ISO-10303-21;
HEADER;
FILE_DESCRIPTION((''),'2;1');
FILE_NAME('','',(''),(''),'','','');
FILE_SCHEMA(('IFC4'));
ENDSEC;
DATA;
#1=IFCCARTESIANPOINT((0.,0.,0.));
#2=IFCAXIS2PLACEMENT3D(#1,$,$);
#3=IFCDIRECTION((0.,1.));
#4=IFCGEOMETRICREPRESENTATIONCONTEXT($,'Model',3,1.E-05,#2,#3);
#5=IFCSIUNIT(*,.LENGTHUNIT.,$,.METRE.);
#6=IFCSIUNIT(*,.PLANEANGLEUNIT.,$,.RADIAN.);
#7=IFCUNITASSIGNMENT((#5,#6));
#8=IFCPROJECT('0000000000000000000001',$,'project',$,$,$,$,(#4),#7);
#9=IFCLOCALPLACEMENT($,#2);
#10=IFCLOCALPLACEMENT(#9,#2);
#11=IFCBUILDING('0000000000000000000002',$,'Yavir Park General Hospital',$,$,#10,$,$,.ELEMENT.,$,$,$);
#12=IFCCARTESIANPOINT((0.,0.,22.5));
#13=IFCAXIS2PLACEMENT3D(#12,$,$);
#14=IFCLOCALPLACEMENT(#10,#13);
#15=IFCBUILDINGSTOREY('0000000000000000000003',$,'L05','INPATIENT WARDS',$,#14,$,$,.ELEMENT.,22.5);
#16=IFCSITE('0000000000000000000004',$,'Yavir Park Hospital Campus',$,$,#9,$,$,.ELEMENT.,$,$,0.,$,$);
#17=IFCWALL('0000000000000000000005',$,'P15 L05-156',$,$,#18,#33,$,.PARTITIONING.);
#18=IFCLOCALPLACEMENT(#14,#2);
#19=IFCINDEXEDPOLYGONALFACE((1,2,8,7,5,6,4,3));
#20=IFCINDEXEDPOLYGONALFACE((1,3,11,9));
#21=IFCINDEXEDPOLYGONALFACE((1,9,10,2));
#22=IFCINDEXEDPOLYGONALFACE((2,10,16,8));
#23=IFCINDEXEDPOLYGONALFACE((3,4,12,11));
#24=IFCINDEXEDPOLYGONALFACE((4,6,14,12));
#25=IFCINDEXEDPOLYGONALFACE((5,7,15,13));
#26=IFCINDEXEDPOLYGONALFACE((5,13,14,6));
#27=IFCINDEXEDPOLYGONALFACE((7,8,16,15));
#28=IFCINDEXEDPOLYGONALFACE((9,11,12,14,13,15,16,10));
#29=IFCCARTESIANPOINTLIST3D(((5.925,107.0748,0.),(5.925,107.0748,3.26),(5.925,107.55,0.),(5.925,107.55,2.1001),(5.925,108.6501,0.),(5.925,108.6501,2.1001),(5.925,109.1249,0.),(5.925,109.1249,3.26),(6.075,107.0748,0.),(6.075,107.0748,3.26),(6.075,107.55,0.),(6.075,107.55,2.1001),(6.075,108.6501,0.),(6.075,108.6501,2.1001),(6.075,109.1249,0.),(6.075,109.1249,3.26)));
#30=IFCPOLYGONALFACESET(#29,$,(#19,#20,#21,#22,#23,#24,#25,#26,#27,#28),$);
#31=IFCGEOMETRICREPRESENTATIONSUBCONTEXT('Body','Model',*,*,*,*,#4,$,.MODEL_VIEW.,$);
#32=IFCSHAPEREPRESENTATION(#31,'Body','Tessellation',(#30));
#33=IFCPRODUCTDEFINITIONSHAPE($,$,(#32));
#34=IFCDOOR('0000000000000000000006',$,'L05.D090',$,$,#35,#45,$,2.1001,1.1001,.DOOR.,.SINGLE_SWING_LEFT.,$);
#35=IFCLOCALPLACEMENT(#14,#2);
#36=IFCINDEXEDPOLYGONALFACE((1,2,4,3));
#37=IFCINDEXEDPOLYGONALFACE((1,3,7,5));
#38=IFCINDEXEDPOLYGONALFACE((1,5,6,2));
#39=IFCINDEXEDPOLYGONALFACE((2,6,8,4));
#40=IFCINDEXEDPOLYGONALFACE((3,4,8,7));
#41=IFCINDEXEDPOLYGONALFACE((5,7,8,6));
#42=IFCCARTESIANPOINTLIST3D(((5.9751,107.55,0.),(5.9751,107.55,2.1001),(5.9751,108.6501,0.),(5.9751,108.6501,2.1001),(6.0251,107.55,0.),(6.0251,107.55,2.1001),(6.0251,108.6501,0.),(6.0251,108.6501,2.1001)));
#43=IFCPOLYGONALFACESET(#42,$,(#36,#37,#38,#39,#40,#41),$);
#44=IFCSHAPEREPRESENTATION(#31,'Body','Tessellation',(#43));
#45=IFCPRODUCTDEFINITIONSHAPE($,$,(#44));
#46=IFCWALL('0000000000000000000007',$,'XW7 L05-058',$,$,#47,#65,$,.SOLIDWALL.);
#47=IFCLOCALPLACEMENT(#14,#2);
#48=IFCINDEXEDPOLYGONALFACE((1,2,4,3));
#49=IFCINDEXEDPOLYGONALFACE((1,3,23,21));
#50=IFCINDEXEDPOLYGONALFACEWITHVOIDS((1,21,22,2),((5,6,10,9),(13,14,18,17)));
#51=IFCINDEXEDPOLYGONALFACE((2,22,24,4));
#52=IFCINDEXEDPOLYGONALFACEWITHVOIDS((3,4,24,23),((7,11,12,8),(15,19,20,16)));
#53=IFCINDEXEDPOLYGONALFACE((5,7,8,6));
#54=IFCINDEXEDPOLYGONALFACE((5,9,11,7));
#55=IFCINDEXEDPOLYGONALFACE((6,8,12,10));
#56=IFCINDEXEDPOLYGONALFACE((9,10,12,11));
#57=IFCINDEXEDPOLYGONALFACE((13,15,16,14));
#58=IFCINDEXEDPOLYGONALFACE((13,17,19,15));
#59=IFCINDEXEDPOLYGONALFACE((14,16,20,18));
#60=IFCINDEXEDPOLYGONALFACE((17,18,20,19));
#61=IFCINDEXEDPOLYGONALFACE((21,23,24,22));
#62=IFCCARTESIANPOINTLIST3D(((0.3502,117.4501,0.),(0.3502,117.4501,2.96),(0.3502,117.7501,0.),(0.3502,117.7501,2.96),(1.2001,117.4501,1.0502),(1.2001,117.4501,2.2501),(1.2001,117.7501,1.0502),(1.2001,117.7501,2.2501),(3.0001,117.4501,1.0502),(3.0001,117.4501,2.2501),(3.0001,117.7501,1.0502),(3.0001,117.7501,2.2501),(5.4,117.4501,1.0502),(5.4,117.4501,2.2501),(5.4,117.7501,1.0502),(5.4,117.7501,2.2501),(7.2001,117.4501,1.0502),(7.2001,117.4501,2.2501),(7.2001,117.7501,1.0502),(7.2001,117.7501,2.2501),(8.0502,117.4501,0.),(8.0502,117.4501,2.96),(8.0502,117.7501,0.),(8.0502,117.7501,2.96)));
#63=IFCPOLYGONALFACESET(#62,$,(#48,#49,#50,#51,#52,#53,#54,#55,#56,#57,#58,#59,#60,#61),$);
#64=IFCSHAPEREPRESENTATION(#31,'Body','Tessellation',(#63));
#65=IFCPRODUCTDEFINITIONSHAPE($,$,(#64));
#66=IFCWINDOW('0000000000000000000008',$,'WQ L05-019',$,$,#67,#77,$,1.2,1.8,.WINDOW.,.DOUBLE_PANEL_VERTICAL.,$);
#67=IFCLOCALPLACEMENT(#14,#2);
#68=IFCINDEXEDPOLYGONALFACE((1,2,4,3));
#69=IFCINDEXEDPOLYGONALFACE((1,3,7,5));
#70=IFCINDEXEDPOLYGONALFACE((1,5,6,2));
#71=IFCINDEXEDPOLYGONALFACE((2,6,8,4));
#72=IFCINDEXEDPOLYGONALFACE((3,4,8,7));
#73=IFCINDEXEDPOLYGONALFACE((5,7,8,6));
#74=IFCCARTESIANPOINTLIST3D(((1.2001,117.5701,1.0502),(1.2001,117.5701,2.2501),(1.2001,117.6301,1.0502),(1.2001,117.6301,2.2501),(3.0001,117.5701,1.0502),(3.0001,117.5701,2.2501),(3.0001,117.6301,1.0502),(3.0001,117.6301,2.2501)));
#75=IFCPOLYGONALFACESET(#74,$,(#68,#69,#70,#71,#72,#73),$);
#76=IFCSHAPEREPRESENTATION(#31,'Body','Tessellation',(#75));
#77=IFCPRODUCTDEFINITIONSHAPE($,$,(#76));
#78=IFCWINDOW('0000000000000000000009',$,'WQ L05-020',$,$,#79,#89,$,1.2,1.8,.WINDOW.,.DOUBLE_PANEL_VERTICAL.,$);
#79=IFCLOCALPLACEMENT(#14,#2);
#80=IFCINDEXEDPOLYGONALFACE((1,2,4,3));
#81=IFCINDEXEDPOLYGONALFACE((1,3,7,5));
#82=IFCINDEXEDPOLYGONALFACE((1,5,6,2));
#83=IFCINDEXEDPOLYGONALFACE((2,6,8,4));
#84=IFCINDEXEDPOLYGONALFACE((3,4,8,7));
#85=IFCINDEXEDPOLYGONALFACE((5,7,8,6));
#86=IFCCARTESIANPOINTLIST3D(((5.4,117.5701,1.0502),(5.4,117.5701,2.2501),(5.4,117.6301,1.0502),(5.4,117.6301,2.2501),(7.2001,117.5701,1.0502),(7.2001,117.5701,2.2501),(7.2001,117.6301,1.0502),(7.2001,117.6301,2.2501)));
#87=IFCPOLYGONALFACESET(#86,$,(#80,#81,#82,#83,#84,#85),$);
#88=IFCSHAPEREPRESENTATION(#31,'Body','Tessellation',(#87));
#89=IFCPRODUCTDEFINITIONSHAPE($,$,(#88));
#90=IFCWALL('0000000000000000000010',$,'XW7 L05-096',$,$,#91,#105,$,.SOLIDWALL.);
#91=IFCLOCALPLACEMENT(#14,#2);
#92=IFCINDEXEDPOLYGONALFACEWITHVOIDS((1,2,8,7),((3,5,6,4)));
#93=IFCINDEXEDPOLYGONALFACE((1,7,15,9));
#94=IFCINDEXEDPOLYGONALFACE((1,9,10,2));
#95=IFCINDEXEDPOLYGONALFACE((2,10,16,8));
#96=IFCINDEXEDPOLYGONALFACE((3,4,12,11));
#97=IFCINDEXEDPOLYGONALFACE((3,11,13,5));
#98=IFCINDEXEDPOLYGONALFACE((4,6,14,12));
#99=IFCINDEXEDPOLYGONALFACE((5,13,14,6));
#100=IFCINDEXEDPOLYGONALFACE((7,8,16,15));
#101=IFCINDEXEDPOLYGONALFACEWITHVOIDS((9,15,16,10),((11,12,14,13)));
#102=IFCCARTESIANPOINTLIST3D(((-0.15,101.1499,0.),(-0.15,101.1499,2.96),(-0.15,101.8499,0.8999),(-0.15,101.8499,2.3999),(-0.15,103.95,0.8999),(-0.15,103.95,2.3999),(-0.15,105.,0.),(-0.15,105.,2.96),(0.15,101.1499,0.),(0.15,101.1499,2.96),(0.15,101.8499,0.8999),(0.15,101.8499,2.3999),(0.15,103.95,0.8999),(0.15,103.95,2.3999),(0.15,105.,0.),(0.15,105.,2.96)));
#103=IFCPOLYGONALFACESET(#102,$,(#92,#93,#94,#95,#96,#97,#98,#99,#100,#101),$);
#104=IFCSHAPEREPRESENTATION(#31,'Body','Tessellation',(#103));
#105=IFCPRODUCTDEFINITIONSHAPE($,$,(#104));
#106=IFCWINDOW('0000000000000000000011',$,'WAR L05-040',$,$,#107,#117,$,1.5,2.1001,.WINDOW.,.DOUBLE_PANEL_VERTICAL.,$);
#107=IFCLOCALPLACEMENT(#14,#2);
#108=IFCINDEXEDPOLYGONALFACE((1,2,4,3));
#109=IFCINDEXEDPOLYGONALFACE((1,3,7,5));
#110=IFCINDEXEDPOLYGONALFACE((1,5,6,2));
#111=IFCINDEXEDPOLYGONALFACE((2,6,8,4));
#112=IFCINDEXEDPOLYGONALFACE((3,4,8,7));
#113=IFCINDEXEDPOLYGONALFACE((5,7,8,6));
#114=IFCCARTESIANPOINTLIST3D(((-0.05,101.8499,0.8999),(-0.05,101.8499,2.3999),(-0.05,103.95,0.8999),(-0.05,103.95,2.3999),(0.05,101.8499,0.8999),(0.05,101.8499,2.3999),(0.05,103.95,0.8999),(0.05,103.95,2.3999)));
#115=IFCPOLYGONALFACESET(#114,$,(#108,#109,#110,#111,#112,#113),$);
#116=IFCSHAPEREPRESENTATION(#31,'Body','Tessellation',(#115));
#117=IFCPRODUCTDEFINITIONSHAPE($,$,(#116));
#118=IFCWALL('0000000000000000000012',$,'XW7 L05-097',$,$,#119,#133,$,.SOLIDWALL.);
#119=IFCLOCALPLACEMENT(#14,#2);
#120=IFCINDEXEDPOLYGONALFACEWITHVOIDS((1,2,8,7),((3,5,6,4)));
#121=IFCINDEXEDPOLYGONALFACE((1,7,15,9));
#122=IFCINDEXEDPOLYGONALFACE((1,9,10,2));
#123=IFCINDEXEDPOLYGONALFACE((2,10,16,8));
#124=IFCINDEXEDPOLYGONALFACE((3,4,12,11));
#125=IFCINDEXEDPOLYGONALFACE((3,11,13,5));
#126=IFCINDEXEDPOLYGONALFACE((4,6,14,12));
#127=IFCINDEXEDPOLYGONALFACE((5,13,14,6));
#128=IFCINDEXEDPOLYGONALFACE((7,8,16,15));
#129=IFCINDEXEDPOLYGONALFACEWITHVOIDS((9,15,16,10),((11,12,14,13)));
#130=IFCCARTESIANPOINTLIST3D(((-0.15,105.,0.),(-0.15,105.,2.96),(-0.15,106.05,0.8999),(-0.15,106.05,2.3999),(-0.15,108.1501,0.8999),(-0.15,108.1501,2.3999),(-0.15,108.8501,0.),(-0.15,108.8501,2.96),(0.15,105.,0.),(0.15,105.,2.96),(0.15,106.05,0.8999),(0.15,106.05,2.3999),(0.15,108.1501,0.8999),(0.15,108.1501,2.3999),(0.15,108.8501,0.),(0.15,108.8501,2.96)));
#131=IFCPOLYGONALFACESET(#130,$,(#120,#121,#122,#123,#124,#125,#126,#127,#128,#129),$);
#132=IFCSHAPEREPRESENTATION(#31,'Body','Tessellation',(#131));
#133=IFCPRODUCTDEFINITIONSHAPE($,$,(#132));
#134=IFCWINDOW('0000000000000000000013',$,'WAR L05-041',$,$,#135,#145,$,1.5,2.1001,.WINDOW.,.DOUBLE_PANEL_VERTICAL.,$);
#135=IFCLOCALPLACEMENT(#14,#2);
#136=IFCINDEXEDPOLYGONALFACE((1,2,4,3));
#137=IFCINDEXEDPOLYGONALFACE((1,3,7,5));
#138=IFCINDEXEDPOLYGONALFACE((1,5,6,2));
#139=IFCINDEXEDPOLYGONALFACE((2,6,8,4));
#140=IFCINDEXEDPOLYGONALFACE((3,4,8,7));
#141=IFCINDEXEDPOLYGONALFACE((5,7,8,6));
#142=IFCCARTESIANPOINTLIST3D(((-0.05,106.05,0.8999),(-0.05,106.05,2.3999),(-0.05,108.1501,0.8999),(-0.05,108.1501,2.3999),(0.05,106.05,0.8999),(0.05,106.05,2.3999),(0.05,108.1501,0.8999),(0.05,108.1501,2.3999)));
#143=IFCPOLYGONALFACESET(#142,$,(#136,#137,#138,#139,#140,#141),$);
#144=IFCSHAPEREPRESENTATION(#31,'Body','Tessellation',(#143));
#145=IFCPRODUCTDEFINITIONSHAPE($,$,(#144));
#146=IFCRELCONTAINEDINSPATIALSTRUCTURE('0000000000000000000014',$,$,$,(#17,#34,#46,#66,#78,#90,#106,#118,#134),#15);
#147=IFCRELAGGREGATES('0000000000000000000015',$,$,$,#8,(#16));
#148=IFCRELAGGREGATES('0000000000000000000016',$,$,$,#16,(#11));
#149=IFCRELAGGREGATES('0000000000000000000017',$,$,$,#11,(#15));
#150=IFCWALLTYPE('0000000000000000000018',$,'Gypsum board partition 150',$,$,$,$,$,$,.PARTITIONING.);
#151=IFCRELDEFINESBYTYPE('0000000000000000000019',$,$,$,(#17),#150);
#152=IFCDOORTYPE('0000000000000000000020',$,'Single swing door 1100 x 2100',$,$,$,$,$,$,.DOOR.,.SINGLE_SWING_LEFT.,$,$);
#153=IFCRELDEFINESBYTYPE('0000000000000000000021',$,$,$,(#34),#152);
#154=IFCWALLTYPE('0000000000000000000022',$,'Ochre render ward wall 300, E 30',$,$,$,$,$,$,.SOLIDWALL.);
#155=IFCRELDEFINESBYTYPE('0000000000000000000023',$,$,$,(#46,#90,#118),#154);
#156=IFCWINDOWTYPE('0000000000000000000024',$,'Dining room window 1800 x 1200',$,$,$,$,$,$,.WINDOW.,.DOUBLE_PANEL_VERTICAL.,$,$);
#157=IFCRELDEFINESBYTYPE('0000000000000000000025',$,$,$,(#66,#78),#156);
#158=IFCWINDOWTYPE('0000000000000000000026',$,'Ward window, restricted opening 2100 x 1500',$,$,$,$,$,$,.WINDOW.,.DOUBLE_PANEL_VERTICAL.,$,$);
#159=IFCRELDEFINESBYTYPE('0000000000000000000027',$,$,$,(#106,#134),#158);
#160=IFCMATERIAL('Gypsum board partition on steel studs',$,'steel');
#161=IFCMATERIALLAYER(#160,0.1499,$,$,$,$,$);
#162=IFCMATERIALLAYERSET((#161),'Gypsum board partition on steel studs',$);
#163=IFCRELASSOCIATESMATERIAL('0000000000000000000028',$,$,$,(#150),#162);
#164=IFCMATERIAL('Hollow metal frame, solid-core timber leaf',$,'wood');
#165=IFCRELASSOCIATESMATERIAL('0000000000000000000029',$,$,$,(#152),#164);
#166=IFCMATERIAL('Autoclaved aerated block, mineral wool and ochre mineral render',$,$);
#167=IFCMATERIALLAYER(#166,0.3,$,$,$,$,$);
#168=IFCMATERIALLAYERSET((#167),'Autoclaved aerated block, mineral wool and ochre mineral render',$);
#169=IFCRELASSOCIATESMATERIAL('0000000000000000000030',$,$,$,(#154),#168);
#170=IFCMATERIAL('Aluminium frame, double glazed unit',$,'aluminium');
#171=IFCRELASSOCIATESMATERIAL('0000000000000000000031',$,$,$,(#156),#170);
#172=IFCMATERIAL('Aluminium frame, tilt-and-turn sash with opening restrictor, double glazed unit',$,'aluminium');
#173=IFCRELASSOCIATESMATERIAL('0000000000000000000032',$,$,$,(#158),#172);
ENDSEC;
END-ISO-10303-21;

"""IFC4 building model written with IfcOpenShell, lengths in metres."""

from ifc_helpers import new_model, si_unit, direction, frame, frame_2d, origin, place, context, subcontext, project, spatial, rectangle, extrude, material, layer, layer_set, type_object, element, fill, save


model = new_model("IFC4")

# Units and contexts
model_context = context("Model", 3, precision=1e-05, world=origin(), true_north=direction((0.0, 1.0)))
body_context = subcontext(model_context, "Body", "Model", "MODEL_VIEW")
ifc_project = project(units=[si_unit("LENGTHUNIT", "METRE"), si_unit("PLANEANGLEUNIT", "RADIAN")], contexts=[model_context])

# Site, building, storey
site_placement = place(None, origin())
site = spatial("IfcSite", under=ifc_project, at=site_placement, Name="Yavir Park Hospital Campus", CompositionType="ELEMENT", RefElevation=0.0)
building_placement = place(site_placement, origin())
building = spatial("IfcBuilding", under=site, at=building_placement, Name="Yavir Park General Hospital", CompositionType="ELEMENT")
storey_placement = place(building_placement, frame((0.0, 0.0, 22.5)))
storey = spatial("IfcBuildingStorey", under=building, at=storey_placement, Name="L05", Description="INPATIENT WARDS", CompositionType="ELEMENT", Elevation=22.5)

# Shared definitions
ifc_material_1 = material(Name="Gypsum board partition on steel studs", Category="steel")
ifc_layer_1 = layer(ifc_material_1, 0.1499)
ifc_layer_set_1 = layer_set([ifc_layer_1], Name="Gypsum board partition on steel studs")
wall_type_1 = type_object("IfcWallType", Name="Gypsum board partition 150", PredefinedType="PARTITIONING", material=ifc_layer_set_1)

# Shared definitions
ifc_material_2 = material(Name="Hollow metal frame, solid-core timber leaf", Category="wood")
door_type = type_object("IfcDoorType", Name="Single swing door 1100 x 2100", OperationType="SINGLE_SWING_LEFT", PredefinedType="DOOR", material=ifc_material_2)

# Wall, opening, door
wall_1_placement = place(storey_placement, frame((6.0, 107.075, 0.0), z_axis=(0.0, 0.0, 1.0), x_axis=(0.0, 1.0, 0.0)))
wall_1 = element("IfcWall", 1, at=wall_1_placement, inside=storey, type_object=wall_type_1, Name="P15 L05-156", PredefinedType="PARTITIONING", context=body_context, shape_type="SweptSolid", body=[
    extrude(rectangle(XDim=2.05, YDim=0.1499, at=frame_2d((1.0249, 0.0))), origin(), (0.0, 0.0, 1.0), 3.26),
])
opening_1_placement = place(wall_1_placement, frame((0.4751, 0.0, 0.0)))
opening_1 = element("IfcOpeningElement", 2, at=opening_1_placement, cuts=wall_1, PredefinedType="OPENING", context=body_context, shape_type="SweptSolid", body=[
    extrude(rectangle(XDim=1.1001, YDim=2.1001, at=frame_2d((0.55, 1.05))), frame((0.0, 0.085, 0.0), z_axis=(0.0, -1.0, 0.0), x_axis=(1.0, 0.0, 0.0)), (0.0, 0.0, 1.0), 0.1699),
])
door_1_placement = place(opening_1_placement, origin())
door_1 = element("IfcDoor", 3, at=door_1_placement, inside=storey, type_object=door_type, Name="L05.D090", OperationType="SINGLE_SWING_LEFT", OverallHeight=2.1001, OverallWidth=1.1001, PredefinedType="DOOR", context=body_context, shape_type="SweptSolid", body=[
    extrude(rectangle(XDim=1.1001, YDim=2.1001, at=frame_2d((0.55, 1.05))), frame((0.0, 0.0249, 0.0), z_axis=(0.0, -1.0, 0.0), x_axis=(1.0, 0.0, 0.0)), (0.0, 0.0, 1.0), 0.05),
])
fill(opening_1, door_1)

# Wall, openings, windows
ifc_material_3 = material(Name="Autoclaved aerated block, mineral wool and ochre mineral render")
ifc_layer_2 = layer(ifc_material_3, 0.3)
ifc_layer_set_2 = layer_set([ifc_layer_2], Name="Autoclaved aerated block, mineral wool and ochre mineral render")
wall_type_2 = type_object("IfcWallType", Name="Ochre render ward wall 300, E 30", PredefinedType="SOLIDWALL", material=ifc_layer_set_2)
wall_2_placement = place(storey_placement, frame((0.3501, 117.6001, 0.0), z_axis=(0.0, 0.0, 1.0), x_axis=(1.0, 0.0, 0.0)))
wall_2 = element("IfcWall", 4, at=wall_2_placement, inside=storey, type_object=wall_type_2, Name="XW7 L05-058", PredefinedType="SOLIDWALL", context=body_context, shape_type="SweptSolid", body=[
    extrude(rectangle(XDim=7.7, YDim=0.3, at=frame_2d((3.8501, 0.0))), origin(), (0.0, 0.0, 1.0), 2.96),
])
opening_2_placement = place(wall_2_placement, frame((0.8501, 0.0, 1.05)))
opening_2 = element("IfcOpeningElement", 5, at=opening_2_placement, cuts=wall_2, PredefinedType="OPENING", context=body_context, shape_type="SweptSolid", body=[
    extrude(rectangle(XDim=1.8, YDim=1.2, at=frame_2d((0.8999, 0.6001))), frame((0.0, 0.1599, 0.0), z_axis=(0.0, -1.0, 0.0), x_axis=(1.0, 0.0, 0.0)), (0.0, 0.0, 1.0), 0.3201),
])
opening_3_placement = place(wall_2_placement, frame((5.05, 0.0, 1.05)))
opening_3 = element("IfcOpeningElement", 6, at=opening_3_placement, cuts=wall_2, PredefinedType="OPENING", context=body_context, shape_type="SweptSolid", body=[
    extrude(rectangle(XDim=1.8, YDim=1.2, at=frame_2d((0.8999, 0.6001))), frame((0.0, 0.1599, 0.0), z_axis=(0.0, -1.0, 0.0), x_axis=(1.0, 0.0, 0.0)), (0.0, 0.0, 1.0), 0.3201),
])
ifc_material_4 = material(Name="Aluminium frame, double glazed unit", Category="aluminium")
window_type_1 = type_object("IfcWindowType", Name="Dining room window 1800 x 1200", PartitioningType="DOUBLE_PANEL_VERTICAL", PredefinedType="WINDOW", material=ifc_material_4)
window_1_placement = place(opening_2_placement, origin())
window_1 = element("IfcWindow", 7, at=window_1_placement, inside=storey, type_object=window_type_1, Name="WQ L05-019", OverallHeight=1.2, OverallWidth=1.8, PartitioningType="DOUBLE_PANEL_VERTICAL", PredefinedType="WINDOW", context=body_context, shape_type="SweptSolid", body=[
    extrude(rectangle(XDim=1.8, YDim=1.2, at=frame_2d((0.8999, 0.6001))), frame((0.0, 0.03, 0.0), z_axis=(0.0, -1.0, 0.0), x_axis=(1.0, 0.0, 0.0)), (0.0, 0.0, 1.0), 0.0601),
])
fill(opening_2, window_1)
window_2_placement = place(opening_3_placement, origin())
window_2 = element("IfcWindow", 8, at=window_2_placement, inside=storey, type_object=window_type_1, Name="WQ L05-020", OverallHeight=1.2, OverallWidth=1.8, PartitioningType="DOUBLE_PANEL_VERTICAL", PredefinedType="WINDOW", context=body_context, shape_type="SweptSolid", body=[
    extrude(rectangle(XDim=1.8, YDim=1.2, at=frame_2d((0.8999, 0.6001))), frame((0.0, 0.03, 0.0), z_axis=(0.0, -1.0, 0.0), x_axis=(1.0, 0.0, 0.0)), (0.0, 0.0, 1.0), 0.0601),
])
fill(opening_3, window_2)

# Walls, openings, windows
wall_3_placement = place(storey_placement, frame((0.0, 101.1499, 0.0), z_axis=(0.0, 0.0, 1.0), x_axis=(0.0, 1.0, 0.0)))
wall_3 = element("IfcWall", 9, at=wall_3_placement, inside=storey, type_object=wall_type_2, Name="XW7 L05-096", PredefinedType="SOLIDWALL", context=body_context, shape_type="SweptSolid", body=[
    extrude(rectangle(XDim=3.8501, YDim=0.3, at=frame_2d((1.925, 0.0))), origin(), (0.0, 0.0, 1.0), 2.96),
])
opening_4_placement = place(wall_3_placement, frame((0.7, 0.0, 0.8999)))
opening_4 = element("IfcOpeningElement", 10, at=opening_4_placement, cuts=wall_3, PredefinedType="OPENING", context=body_context, shape_type="SweptSolid", body=[
    extrude(rectangle(XDim=2.1001, YDim=1.5, at=frame_2d((1.05, 0.75))), frame((0.0, 0.1599, 0.0), z_axis=(0.0, -1.0, 0.0), x_axis=(1.0, 0.0, 0.0)), (0.0, 0.0, 1.0), 0.3201),
])
ifc_material_5 = material(Name="Aluminium frame, tilt-and-turn sash with opening restrictor, double glazed unit", Category="aluminium")
window_type_2 = type_object("IfcWindowType", Name="Ward window, restricted opening 2100 x 1500", PartitioningType="DOUBLE_PANEL_VERTICAL", PredefinedType="WINDOW", material=ifc_material_5)
window_3_placement = place(opening_4_placement, origin())
window_3 = element("IfcWindow", 11, at=window_3_placement, inside=storey, type_object=window_type_2, Name="WAR L05-040", OverallHeight=1.5, OverallWidth=2.1001, PartitioningType="DOUBLE_PANEL_VERTICAL", PredefinedType="WINDOW", context=body_context, shape_type="SweptSolid", body=[
    extrude(rectangle(XDim=2.1001, YDim=1.5, at=frame_2d((1.05, 0.75))), frame((0.0, 0.05, 0.0), z_axis=(0.0, -1.0, 0.0), x_axis=(1.0, 0.0, 0.0)), (0.0, 0.0, 1.0), 0.1001),
])
fill(opening_4, window_3)
wall_4_placement = place(storey_placement, frame((0.0, 105.0, 0.0), z_axis=(0.0, 0.0, 1.0), x_axis=(0.0, 1.0, 0.0)))
wall_4 = element("IfcWall", 12, at=wall_4_placement, inside=storey, type_object=wall_type_2, Name="XW7 L05-097", PredefinedType="SOLIDWALL", context=body_context, shape_type="SweptSolid", body=[
    extrude(rectangle(XDim=3.8501, YDim=0.3, at=frame_2d((1.925, 0.0))), origin(), (0.0, 0.0, 1.0), 2.96),
])
opening_5_placement = place(wall_4_placement, frame((1.05, 0.0, 0.8999)))
opening_5 = element("IfcOpeningElement", 13, at=opening_5_placement, cuts=wall_4, PredefinedType="OPENING", context=body_context, shape_type="SweptSolid", body=[
    extrude(rectangle(XDim=2.1001, YDim=1.5, at=frame_2d((1.05, 0.75))), frame((0.0, 0.1599, 0.0), z_axis=(0.0, -1.0, 0.0), x_axis=(1.0, 0.0, 0.0)), (0.0, 0.0, 1.0), 0.3201),
])
window_4_placement = place(opening_5_placement, origin())
window_4 = element("IfcWindow", 14, at=window_4_placement, inside=storey, type_object=window_type_2, Name="WAR L05-041", OverallHeight=1.5, OverallWidth=2.1001, PartitioningType="DOUBLE_PANEL_VERTICAL", PredefinedType="WINDOW", context=body_context, shape_type="SweptSolid", body=[
    extrude(rectangle(XDim=2.1001, YDim=1.5, at=frame_2d((1.05, 0.75))), frame((0.0, 0.05, 0.0), z_axis=(0.0, -1.0, 0.0), x_axis=(1.0, 0.0, 0.0)), (0.0, 0.0, 1.0), 0.1001),
])
fill(opening_5, window_4)

save(model, "model.ifc")
